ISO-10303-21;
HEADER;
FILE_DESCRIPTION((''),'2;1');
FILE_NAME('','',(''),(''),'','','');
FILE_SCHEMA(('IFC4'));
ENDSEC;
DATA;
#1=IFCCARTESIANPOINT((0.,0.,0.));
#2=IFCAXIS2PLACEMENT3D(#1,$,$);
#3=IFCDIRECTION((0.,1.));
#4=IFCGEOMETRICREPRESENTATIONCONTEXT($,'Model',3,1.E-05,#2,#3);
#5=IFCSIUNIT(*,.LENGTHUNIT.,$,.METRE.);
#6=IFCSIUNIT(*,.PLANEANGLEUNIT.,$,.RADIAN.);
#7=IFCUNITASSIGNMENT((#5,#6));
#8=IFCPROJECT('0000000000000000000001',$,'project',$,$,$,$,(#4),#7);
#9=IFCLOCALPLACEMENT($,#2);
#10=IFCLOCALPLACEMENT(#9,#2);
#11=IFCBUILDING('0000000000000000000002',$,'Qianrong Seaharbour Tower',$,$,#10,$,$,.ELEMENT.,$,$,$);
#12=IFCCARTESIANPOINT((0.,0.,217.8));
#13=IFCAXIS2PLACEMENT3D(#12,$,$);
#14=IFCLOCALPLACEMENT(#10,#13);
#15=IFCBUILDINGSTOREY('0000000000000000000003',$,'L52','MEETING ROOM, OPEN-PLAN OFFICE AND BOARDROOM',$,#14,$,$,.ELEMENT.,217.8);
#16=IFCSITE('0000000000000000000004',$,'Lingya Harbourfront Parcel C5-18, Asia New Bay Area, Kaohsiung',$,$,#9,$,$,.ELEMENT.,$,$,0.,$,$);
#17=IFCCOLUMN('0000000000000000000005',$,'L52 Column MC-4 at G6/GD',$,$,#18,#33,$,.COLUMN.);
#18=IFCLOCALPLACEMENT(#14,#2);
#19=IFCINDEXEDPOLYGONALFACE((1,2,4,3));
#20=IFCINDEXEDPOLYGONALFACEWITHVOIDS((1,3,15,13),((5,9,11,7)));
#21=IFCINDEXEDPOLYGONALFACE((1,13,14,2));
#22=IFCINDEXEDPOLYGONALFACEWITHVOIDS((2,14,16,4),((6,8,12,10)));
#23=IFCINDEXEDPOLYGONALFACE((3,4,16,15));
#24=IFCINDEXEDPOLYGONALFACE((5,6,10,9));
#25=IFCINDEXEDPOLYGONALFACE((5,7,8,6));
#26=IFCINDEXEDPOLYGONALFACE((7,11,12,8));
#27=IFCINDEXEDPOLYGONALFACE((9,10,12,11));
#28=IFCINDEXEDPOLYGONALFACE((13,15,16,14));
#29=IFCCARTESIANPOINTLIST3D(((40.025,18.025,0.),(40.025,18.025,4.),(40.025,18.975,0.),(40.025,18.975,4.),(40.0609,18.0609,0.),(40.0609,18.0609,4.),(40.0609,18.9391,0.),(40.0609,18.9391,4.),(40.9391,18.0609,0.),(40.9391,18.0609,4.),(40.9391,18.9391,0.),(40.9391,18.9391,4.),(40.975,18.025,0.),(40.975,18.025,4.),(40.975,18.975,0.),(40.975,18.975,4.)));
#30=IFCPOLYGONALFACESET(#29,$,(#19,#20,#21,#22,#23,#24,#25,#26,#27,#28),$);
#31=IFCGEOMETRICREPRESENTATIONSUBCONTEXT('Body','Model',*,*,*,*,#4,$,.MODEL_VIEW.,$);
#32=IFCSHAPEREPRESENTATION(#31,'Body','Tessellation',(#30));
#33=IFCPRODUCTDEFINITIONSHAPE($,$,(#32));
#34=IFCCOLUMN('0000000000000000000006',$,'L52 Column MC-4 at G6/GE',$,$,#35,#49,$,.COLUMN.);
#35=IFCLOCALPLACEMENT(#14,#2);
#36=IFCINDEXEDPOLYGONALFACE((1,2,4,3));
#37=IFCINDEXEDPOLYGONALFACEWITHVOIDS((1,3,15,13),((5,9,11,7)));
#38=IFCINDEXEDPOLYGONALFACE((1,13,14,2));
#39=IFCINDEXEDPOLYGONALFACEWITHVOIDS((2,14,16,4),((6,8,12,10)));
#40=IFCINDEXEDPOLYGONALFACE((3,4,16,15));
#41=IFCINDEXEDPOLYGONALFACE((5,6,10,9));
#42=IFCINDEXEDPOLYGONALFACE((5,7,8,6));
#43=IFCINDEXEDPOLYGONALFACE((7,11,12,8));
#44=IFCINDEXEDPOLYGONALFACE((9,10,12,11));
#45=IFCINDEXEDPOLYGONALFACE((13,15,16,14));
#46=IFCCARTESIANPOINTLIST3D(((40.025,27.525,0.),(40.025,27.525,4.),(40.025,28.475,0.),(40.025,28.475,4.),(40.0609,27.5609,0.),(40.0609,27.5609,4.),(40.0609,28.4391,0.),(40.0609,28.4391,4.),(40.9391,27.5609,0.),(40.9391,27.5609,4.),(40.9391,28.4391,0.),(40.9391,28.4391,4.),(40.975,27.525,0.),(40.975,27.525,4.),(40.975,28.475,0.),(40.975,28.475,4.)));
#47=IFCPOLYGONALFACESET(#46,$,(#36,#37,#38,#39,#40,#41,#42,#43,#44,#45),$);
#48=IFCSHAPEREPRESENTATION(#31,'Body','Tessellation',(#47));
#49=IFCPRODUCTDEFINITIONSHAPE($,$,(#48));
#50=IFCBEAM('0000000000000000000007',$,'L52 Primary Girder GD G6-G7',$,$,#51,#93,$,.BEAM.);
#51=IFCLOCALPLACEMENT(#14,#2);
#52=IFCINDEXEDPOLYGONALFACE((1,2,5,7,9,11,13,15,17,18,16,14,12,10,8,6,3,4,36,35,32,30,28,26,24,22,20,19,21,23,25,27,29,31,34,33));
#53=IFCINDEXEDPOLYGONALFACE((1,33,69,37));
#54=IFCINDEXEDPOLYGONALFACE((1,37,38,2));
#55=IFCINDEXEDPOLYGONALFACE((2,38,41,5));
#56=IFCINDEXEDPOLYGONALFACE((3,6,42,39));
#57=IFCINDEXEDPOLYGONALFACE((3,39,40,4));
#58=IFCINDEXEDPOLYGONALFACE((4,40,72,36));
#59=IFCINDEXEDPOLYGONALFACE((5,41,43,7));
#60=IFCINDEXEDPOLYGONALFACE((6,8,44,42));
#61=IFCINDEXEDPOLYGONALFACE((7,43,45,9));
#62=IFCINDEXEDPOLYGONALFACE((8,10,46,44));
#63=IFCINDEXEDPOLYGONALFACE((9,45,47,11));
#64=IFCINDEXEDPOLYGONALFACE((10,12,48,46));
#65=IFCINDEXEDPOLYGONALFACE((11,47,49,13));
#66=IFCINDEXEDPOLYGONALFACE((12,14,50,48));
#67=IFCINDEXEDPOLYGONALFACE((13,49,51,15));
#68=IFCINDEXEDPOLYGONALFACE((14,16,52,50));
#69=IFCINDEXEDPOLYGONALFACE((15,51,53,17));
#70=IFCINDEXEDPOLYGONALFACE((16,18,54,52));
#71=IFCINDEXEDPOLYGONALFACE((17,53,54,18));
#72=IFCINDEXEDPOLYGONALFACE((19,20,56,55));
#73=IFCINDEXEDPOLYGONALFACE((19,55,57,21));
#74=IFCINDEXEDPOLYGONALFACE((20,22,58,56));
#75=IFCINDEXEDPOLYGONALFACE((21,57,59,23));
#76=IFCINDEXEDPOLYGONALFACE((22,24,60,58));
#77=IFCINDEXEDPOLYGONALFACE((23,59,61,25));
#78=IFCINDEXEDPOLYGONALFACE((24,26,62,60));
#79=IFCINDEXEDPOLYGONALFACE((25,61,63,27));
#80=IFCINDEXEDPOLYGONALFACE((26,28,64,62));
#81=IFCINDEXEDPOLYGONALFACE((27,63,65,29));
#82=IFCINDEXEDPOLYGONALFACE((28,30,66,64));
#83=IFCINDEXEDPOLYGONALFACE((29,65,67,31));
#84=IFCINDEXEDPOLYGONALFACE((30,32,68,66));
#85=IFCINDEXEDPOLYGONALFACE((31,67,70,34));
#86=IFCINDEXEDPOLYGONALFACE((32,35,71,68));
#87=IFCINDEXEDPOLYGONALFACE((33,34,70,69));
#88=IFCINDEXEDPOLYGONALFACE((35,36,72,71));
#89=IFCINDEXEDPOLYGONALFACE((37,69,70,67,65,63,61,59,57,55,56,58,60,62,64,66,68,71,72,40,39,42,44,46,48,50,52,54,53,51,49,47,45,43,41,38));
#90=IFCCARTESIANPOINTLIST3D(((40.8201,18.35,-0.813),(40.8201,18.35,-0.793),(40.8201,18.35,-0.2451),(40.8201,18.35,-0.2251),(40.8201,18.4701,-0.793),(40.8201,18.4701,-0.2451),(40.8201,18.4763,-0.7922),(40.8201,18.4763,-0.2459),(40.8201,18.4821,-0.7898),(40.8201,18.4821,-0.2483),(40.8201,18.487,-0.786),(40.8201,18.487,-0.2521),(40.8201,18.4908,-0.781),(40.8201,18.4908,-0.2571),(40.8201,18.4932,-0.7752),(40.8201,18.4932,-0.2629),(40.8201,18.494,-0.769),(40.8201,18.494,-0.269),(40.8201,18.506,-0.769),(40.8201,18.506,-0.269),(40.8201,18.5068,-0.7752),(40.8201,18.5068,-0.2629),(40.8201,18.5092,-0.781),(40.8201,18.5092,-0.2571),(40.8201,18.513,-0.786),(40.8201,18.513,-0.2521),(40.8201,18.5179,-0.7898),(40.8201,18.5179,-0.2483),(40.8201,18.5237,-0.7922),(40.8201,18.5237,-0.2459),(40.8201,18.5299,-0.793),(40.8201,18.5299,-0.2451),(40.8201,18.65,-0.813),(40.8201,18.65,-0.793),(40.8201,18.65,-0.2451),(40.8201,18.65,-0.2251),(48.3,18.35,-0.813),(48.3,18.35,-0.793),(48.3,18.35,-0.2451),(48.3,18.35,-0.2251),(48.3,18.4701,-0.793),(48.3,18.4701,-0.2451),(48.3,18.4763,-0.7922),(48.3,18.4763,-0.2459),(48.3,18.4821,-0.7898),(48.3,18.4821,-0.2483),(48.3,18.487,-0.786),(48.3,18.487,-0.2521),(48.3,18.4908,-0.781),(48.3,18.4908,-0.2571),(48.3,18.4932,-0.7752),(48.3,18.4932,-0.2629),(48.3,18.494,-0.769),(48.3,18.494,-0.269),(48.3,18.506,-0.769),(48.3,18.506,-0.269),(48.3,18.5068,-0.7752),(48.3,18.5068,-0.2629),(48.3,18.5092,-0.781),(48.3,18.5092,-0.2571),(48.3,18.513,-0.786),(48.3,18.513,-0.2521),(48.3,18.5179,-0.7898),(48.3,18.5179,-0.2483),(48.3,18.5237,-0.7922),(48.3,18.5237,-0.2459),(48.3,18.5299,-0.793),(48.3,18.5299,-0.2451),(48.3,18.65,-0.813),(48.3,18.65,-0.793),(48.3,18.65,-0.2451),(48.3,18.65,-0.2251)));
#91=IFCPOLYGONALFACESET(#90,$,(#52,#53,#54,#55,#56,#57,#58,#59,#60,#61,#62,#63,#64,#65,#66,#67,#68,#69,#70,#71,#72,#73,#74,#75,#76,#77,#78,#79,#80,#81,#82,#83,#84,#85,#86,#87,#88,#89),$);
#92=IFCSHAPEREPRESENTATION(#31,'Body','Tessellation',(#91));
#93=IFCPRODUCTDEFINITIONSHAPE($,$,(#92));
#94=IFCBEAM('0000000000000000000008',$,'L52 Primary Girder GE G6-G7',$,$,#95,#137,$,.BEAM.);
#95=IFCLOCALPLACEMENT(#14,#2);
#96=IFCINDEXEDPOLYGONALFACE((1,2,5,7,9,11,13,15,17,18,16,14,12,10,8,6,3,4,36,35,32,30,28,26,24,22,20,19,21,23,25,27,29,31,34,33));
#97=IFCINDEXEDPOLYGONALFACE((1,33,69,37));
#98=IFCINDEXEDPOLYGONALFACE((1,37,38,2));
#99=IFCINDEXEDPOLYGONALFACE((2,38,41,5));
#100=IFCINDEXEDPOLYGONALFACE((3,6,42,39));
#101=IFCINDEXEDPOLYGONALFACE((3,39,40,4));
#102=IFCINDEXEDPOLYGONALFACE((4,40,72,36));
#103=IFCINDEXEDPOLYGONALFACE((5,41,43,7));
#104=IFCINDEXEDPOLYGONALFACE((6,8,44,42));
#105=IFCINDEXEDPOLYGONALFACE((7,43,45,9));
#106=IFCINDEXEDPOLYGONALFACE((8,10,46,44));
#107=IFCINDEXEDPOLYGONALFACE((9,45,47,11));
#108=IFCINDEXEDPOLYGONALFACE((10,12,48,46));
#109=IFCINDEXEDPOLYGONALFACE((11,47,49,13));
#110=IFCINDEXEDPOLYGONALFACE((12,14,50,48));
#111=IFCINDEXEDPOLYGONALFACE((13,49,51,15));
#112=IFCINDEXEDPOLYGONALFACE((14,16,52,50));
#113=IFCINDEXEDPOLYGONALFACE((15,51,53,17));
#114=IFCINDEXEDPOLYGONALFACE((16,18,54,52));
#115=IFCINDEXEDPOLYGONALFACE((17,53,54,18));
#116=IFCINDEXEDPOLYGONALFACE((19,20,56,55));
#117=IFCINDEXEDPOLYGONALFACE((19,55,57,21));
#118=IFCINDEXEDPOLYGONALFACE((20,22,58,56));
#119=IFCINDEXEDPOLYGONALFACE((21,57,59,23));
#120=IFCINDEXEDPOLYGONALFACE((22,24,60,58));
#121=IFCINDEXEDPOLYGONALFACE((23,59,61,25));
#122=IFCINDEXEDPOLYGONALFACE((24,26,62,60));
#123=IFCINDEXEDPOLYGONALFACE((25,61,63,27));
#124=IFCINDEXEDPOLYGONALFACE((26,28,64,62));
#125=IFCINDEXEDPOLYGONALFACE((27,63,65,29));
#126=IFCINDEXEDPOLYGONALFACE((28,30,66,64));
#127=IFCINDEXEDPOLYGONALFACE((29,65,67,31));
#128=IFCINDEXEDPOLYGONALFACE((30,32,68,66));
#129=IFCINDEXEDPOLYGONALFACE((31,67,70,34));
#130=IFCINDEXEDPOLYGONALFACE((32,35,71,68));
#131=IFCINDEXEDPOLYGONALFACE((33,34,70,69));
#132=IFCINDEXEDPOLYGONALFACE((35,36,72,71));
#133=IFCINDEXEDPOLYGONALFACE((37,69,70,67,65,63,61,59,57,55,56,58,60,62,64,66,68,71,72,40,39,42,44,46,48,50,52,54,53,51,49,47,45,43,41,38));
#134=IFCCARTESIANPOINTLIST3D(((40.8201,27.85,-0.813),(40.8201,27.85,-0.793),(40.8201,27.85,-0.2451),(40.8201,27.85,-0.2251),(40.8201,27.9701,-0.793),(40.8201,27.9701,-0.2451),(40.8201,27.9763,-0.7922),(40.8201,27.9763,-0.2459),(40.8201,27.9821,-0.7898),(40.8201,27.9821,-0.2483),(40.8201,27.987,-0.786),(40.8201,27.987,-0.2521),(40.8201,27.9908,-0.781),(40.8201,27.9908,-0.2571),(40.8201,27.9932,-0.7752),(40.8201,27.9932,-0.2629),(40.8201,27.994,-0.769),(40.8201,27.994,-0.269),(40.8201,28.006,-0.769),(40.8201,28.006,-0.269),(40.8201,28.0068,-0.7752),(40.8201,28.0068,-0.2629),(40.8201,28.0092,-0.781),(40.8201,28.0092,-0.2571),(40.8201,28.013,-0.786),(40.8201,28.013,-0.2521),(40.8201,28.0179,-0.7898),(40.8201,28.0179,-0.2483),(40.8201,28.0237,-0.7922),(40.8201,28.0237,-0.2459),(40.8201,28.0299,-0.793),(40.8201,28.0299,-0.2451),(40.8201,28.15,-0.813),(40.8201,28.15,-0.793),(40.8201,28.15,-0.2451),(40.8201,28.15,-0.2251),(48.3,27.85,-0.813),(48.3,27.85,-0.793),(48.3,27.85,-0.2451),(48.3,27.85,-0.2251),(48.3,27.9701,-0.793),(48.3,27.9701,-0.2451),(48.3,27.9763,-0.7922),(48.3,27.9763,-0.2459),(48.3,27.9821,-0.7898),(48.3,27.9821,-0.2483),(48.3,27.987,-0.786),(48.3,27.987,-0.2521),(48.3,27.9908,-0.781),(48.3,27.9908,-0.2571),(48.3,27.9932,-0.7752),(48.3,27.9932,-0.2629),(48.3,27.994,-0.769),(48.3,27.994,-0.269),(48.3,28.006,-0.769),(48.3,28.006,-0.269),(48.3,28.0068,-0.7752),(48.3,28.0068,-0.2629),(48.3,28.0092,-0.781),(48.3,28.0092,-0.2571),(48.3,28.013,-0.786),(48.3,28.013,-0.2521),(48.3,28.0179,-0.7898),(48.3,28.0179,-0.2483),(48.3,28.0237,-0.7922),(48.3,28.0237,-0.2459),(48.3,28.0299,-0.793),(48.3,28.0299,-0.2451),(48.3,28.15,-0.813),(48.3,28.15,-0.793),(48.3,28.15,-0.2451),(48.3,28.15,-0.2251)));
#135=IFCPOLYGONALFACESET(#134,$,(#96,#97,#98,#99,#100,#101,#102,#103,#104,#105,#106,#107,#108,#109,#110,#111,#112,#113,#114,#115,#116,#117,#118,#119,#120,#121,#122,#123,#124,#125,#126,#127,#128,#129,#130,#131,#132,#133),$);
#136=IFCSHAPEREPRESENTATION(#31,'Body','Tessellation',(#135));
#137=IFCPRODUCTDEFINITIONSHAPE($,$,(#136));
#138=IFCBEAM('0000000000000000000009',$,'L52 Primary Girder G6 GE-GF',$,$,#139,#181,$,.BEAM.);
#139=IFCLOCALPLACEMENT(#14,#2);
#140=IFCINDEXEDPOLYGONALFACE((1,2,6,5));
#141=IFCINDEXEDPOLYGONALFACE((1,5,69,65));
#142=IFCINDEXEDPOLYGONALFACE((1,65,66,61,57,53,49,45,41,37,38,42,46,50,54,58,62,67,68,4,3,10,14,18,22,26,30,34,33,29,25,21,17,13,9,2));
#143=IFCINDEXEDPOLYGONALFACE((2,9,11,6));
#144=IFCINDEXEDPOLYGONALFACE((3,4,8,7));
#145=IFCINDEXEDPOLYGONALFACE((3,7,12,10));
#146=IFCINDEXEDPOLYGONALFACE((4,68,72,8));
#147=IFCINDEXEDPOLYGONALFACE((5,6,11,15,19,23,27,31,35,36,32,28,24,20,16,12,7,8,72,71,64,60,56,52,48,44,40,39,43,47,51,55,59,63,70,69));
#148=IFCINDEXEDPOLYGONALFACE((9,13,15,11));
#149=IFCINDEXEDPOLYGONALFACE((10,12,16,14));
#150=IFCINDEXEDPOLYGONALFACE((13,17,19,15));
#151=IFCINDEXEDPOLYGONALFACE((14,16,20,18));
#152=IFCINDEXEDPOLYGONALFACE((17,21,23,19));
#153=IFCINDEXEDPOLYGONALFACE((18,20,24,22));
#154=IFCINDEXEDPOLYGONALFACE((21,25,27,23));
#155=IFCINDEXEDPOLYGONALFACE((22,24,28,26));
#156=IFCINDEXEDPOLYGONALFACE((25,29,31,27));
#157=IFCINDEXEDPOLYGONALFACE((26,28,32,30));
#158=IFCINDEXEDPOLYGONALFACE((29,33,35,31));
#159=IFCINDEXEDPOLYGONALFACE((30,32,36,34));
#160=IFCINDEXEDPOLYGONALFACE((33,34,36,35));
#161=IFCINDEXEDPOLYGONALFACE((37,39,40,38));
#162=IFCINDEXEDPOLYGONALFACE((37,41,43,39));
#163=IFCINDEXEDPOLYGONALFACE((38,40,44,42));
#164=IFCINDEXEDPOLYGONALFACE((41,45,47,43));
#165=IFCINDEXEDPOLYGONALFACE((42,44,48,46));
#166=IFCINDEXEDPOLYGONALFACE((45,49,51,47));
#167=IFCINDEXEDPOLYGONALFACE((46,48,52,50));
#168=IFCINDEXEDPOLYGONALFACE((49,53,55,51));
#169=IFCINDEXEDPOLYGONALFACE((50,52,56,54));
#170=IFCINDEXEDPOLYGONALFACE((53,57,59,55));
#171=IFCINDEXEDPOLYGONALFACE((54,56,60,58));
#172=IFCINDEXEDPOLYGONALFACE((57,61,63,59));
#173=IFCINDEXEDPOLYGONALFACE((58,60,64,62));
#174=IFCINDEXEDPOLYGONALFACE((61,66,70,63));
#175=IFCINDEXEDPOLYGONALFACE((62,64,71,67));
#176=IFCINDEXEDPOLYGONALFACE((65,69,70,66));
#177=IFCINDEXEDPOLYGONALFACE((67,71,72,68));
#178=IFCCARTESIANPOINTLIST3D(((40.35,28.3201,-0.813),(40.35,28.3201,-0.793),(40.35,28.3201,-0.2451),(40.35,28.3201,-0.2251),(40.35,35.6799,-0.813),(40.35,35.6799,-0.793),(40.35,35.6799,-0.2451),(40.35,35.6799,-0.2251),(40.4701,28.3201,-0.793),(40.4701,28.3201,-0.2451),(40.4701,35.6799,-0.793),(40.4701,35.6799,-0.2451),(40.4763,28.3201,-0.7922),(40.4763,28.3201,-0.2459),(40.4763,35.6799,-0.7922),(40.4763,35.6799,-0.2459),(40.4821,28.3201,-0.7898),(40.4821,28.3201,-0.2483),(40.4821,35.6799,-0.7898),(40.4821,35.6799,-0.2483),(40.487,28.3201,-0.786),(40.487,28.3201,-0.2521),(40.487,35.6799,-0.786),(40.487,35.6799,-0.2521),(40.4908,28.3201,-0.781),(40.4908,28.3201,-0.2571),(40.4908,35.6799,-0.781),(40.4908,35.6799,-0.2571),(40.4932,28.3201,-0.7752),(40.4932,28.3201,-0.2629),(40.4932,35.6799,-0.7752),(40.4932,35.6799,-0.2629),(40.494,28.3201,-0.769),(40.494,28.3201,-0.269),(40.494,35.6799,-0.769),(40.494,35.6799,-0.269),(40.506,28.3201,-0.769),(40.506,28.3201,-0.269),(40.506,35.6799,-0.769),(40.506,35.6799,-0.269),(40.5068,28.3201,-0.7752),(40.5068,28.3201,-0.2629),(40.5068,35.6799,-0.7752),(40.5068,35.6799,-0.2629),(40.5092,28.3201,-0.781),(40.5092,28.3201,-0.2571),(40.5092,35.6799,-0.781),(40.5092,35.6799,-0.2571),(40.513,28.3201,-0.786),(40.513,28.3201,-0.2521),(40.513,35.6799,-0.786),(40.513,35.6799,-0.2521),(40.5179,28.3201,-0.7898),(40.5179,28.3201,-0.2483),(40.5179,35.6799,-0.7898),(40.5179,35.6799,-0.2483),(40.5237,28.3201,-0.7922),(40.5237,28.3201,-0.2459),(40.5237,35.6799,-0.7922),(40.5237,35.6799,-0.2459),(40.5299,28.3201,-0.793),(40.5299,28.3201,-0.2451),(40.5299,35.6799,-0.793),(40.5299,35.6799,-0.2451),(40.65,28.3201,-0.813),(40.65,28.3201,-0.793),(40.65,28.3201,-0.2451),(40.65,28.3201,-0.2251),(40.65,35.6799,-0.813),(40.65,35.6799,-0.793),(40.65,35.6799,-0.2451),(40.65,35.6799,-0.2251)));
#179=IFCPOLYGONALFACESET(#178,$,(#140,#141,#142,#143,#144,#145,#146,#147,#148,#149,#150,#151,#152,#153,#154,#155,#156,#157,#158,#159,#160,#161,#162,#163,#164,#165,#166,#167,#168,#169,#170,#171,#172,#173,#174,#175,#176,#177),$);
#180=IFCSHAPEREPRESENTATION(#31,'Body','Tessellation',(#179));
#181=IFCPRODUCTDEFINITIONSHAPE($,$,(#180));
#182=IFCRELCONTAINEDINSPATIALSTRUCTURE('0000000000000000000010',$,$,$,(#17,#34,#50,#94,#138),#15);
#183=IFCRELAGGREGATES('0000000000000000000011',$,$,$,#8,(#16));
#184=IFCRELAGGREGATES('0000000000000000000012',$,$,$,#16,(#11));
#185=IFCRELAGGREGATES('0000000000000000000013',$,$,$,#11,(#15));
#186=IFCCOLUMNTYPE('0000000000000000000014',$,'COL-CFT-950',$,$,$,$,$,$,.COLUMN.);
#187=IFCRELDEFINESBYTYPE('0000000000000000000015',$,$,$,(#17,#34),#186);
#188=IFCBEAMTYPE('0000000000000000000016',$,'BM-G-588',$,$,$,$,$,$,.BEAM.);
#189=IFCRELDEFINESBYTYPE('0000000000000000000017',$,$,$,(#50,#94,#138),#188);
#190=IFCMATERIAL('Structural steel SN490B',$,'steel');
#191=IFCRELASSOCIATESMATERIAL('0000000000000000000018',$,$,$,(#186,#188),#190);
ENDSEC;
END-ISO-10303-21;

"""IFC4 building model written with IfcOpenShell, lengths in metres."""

from ifc_helpers import new_model, si_unit, direction, frame, origin, origin_2d, place, context, subcontext, project, spatial, hollow_rectangle, i_section, extrude, material, material_profile, profile_set, type_object, element, save


model = new_model("IFC4")

# Units and contexts
model_context = context("Model", 3, precision=1e-05, world=origin(), true_north=direction((0.0, 1.0)))
body_context = subcontext(model_context, "Body", "Model", "MODEL_VIEW")
ifc_project = project(units=[si_unit("LENGTHUNIT", "METRE"), si_unit("PLANEANGLEUNIT", "RADIAN")], contexts=[model_context])

# Site, building, storey
site_placement = place(None, origin())
site = spatial("IfcSite", under=ifc_project, at=site_placement, Name="Lingya Harbourfront Parcel C5-18, Asia New Bay Area, Kaohsiung", CompositionType="ELEMENT", RefElevation=0.0)
building_placement = place(site_placement, origin())
building = spatial("IfcBuilding", under=site, at=building_placement, Name="Qianrong Seaharbour Tower", CompositionType="ELEMENT")
storey_placement = place(building_placement, frame((0.0, 0.0, 217.8)))
storey = spatial("IfcBuildingStorey", under=building, at=storey_placement, Name="L52", Description="MEETING ROOM, OPEN-PLAN OFFICE AND BOARDROOM", CompositionType="ELEMENT", Elevation=217.8)

# Columns
ifc_material_1 = material(Name="Structural steel SN490B", Category="steel")
ifc_material_profile_1 = material_profile(ifc_material_1, hollow_rectangle(XDim=0.95, YDim=0.95, WallThickness=0.0359, at=origin_2d()), Name="BOX950x950x36")
ifc_profile_set_1 = profile_set([ifc_material_profile_1], Name="Structural steel SN490B")
column_type = type_object("IfcColumnType", Name="COL-CFT-950", PredefinedType="COLUMN", material=ifc_profile_set_1)
for number, where, z_axis, x_axis, name in (
    (1, (40.5, 18.5, 0.0), (0.0, 0.0, 1.0), (1.0, 0.0, 0.0), "L52 Column MC-4 at G6/GD"),
    (2, (40.5, 28.0, 0.0), (0.0, 0.0, 1.0), (1.0, 0.0, 0.0), "L52 Column MC-4 at G6/GE"),
):
    element("IfcColumn", number, at=place(storey_placement, frame(where, z_axis=z_axis, x_axis=x_axis)), inside=storey, type_object=column_type, Name=name, PredefinedType="COLUMN", context=body_context, shape_type="SweptSolid", body=[
        extrude(hollow_rectangle(XDim=0.95, YDim=0.95, WallThickness=0.0359, at=origin_2d()), origin(), (0.0, 0.0, 1.0), 4.0),
    ])

# Beams
ifc_material_profile_2 = material_profile(ifc_material_1, i_section(OverallWidth=0.3, OverallDepth=0.5879, WebThickness=0.012, FlangeThickness=0.02, FilletRadius=0.0239, at=origin_2d()), Name="H588x300x12x20")
ifc_profile_set_2 = profile_set([ifc_material_profile_2], Name="Structural steel SN490B")
beam_type_1 = type_object("IfcBeamType", Name="BM-G-588", PredefinedType="BEAM", material=ifc_profile_set_2)
for number, where, z_axis, x_axis, name in (
    (3, (40.8201, 18.5, -0.519), (1.0, 0.0, 0.0), (0.0, 1.0, 0.0), "L52 Primary Girder GD G6-G7"),
    (4, (40.8201, 28.0, -0.519), (1.0, 0.0, 0.0), (0.0, 1.0, 0.0), "L52 Primary Girder GE G6-G7"),
):
    element("IfcBeam", number, at=place(storey_placement, frame(where, z_axis=z_axis, x_axis=x_axis)), inside=storey, type_object=beam_type_1, Name=name, PredefinedType="BEAM", context=body_context, shape_type="SweptSolid", body=[
        extrude(i_section(OverallWidth=0.3, OverallDepth=0.5879, WebThickness=0.012, FlangeThickness=0.02, FilletRadius=0.0239, at=origin_2d()), origin(), (0.0, 0.0, 1.0), 7.48),
    ])
beam_1_placement = place(storey_placement, frame((40.5, 28.3201, -0.519), z_axis=(0.0, 1.0, 0.0), x_axis=(-1.0, 0.0, 0.0)))
element("IfcBeam", 5, at=beam_1_placement, inside=storey, type_object=beam_type_1, Name="L52 Primary Girder G6 GE-GF", PredefinedType="BEAM", context=body_context, shape_type="SweptSolid", body=[
    extrude(i_section(OverallWidth=0.3, OverallDepth=0.5879, WebThickness=0.012, FlangeThickness=0.02, FilletRadius=0.0239, at=origin_2d()), origin(), (0.0, 0.0, 1.0), 7.3599),
])

save(model, "model.ifc")
